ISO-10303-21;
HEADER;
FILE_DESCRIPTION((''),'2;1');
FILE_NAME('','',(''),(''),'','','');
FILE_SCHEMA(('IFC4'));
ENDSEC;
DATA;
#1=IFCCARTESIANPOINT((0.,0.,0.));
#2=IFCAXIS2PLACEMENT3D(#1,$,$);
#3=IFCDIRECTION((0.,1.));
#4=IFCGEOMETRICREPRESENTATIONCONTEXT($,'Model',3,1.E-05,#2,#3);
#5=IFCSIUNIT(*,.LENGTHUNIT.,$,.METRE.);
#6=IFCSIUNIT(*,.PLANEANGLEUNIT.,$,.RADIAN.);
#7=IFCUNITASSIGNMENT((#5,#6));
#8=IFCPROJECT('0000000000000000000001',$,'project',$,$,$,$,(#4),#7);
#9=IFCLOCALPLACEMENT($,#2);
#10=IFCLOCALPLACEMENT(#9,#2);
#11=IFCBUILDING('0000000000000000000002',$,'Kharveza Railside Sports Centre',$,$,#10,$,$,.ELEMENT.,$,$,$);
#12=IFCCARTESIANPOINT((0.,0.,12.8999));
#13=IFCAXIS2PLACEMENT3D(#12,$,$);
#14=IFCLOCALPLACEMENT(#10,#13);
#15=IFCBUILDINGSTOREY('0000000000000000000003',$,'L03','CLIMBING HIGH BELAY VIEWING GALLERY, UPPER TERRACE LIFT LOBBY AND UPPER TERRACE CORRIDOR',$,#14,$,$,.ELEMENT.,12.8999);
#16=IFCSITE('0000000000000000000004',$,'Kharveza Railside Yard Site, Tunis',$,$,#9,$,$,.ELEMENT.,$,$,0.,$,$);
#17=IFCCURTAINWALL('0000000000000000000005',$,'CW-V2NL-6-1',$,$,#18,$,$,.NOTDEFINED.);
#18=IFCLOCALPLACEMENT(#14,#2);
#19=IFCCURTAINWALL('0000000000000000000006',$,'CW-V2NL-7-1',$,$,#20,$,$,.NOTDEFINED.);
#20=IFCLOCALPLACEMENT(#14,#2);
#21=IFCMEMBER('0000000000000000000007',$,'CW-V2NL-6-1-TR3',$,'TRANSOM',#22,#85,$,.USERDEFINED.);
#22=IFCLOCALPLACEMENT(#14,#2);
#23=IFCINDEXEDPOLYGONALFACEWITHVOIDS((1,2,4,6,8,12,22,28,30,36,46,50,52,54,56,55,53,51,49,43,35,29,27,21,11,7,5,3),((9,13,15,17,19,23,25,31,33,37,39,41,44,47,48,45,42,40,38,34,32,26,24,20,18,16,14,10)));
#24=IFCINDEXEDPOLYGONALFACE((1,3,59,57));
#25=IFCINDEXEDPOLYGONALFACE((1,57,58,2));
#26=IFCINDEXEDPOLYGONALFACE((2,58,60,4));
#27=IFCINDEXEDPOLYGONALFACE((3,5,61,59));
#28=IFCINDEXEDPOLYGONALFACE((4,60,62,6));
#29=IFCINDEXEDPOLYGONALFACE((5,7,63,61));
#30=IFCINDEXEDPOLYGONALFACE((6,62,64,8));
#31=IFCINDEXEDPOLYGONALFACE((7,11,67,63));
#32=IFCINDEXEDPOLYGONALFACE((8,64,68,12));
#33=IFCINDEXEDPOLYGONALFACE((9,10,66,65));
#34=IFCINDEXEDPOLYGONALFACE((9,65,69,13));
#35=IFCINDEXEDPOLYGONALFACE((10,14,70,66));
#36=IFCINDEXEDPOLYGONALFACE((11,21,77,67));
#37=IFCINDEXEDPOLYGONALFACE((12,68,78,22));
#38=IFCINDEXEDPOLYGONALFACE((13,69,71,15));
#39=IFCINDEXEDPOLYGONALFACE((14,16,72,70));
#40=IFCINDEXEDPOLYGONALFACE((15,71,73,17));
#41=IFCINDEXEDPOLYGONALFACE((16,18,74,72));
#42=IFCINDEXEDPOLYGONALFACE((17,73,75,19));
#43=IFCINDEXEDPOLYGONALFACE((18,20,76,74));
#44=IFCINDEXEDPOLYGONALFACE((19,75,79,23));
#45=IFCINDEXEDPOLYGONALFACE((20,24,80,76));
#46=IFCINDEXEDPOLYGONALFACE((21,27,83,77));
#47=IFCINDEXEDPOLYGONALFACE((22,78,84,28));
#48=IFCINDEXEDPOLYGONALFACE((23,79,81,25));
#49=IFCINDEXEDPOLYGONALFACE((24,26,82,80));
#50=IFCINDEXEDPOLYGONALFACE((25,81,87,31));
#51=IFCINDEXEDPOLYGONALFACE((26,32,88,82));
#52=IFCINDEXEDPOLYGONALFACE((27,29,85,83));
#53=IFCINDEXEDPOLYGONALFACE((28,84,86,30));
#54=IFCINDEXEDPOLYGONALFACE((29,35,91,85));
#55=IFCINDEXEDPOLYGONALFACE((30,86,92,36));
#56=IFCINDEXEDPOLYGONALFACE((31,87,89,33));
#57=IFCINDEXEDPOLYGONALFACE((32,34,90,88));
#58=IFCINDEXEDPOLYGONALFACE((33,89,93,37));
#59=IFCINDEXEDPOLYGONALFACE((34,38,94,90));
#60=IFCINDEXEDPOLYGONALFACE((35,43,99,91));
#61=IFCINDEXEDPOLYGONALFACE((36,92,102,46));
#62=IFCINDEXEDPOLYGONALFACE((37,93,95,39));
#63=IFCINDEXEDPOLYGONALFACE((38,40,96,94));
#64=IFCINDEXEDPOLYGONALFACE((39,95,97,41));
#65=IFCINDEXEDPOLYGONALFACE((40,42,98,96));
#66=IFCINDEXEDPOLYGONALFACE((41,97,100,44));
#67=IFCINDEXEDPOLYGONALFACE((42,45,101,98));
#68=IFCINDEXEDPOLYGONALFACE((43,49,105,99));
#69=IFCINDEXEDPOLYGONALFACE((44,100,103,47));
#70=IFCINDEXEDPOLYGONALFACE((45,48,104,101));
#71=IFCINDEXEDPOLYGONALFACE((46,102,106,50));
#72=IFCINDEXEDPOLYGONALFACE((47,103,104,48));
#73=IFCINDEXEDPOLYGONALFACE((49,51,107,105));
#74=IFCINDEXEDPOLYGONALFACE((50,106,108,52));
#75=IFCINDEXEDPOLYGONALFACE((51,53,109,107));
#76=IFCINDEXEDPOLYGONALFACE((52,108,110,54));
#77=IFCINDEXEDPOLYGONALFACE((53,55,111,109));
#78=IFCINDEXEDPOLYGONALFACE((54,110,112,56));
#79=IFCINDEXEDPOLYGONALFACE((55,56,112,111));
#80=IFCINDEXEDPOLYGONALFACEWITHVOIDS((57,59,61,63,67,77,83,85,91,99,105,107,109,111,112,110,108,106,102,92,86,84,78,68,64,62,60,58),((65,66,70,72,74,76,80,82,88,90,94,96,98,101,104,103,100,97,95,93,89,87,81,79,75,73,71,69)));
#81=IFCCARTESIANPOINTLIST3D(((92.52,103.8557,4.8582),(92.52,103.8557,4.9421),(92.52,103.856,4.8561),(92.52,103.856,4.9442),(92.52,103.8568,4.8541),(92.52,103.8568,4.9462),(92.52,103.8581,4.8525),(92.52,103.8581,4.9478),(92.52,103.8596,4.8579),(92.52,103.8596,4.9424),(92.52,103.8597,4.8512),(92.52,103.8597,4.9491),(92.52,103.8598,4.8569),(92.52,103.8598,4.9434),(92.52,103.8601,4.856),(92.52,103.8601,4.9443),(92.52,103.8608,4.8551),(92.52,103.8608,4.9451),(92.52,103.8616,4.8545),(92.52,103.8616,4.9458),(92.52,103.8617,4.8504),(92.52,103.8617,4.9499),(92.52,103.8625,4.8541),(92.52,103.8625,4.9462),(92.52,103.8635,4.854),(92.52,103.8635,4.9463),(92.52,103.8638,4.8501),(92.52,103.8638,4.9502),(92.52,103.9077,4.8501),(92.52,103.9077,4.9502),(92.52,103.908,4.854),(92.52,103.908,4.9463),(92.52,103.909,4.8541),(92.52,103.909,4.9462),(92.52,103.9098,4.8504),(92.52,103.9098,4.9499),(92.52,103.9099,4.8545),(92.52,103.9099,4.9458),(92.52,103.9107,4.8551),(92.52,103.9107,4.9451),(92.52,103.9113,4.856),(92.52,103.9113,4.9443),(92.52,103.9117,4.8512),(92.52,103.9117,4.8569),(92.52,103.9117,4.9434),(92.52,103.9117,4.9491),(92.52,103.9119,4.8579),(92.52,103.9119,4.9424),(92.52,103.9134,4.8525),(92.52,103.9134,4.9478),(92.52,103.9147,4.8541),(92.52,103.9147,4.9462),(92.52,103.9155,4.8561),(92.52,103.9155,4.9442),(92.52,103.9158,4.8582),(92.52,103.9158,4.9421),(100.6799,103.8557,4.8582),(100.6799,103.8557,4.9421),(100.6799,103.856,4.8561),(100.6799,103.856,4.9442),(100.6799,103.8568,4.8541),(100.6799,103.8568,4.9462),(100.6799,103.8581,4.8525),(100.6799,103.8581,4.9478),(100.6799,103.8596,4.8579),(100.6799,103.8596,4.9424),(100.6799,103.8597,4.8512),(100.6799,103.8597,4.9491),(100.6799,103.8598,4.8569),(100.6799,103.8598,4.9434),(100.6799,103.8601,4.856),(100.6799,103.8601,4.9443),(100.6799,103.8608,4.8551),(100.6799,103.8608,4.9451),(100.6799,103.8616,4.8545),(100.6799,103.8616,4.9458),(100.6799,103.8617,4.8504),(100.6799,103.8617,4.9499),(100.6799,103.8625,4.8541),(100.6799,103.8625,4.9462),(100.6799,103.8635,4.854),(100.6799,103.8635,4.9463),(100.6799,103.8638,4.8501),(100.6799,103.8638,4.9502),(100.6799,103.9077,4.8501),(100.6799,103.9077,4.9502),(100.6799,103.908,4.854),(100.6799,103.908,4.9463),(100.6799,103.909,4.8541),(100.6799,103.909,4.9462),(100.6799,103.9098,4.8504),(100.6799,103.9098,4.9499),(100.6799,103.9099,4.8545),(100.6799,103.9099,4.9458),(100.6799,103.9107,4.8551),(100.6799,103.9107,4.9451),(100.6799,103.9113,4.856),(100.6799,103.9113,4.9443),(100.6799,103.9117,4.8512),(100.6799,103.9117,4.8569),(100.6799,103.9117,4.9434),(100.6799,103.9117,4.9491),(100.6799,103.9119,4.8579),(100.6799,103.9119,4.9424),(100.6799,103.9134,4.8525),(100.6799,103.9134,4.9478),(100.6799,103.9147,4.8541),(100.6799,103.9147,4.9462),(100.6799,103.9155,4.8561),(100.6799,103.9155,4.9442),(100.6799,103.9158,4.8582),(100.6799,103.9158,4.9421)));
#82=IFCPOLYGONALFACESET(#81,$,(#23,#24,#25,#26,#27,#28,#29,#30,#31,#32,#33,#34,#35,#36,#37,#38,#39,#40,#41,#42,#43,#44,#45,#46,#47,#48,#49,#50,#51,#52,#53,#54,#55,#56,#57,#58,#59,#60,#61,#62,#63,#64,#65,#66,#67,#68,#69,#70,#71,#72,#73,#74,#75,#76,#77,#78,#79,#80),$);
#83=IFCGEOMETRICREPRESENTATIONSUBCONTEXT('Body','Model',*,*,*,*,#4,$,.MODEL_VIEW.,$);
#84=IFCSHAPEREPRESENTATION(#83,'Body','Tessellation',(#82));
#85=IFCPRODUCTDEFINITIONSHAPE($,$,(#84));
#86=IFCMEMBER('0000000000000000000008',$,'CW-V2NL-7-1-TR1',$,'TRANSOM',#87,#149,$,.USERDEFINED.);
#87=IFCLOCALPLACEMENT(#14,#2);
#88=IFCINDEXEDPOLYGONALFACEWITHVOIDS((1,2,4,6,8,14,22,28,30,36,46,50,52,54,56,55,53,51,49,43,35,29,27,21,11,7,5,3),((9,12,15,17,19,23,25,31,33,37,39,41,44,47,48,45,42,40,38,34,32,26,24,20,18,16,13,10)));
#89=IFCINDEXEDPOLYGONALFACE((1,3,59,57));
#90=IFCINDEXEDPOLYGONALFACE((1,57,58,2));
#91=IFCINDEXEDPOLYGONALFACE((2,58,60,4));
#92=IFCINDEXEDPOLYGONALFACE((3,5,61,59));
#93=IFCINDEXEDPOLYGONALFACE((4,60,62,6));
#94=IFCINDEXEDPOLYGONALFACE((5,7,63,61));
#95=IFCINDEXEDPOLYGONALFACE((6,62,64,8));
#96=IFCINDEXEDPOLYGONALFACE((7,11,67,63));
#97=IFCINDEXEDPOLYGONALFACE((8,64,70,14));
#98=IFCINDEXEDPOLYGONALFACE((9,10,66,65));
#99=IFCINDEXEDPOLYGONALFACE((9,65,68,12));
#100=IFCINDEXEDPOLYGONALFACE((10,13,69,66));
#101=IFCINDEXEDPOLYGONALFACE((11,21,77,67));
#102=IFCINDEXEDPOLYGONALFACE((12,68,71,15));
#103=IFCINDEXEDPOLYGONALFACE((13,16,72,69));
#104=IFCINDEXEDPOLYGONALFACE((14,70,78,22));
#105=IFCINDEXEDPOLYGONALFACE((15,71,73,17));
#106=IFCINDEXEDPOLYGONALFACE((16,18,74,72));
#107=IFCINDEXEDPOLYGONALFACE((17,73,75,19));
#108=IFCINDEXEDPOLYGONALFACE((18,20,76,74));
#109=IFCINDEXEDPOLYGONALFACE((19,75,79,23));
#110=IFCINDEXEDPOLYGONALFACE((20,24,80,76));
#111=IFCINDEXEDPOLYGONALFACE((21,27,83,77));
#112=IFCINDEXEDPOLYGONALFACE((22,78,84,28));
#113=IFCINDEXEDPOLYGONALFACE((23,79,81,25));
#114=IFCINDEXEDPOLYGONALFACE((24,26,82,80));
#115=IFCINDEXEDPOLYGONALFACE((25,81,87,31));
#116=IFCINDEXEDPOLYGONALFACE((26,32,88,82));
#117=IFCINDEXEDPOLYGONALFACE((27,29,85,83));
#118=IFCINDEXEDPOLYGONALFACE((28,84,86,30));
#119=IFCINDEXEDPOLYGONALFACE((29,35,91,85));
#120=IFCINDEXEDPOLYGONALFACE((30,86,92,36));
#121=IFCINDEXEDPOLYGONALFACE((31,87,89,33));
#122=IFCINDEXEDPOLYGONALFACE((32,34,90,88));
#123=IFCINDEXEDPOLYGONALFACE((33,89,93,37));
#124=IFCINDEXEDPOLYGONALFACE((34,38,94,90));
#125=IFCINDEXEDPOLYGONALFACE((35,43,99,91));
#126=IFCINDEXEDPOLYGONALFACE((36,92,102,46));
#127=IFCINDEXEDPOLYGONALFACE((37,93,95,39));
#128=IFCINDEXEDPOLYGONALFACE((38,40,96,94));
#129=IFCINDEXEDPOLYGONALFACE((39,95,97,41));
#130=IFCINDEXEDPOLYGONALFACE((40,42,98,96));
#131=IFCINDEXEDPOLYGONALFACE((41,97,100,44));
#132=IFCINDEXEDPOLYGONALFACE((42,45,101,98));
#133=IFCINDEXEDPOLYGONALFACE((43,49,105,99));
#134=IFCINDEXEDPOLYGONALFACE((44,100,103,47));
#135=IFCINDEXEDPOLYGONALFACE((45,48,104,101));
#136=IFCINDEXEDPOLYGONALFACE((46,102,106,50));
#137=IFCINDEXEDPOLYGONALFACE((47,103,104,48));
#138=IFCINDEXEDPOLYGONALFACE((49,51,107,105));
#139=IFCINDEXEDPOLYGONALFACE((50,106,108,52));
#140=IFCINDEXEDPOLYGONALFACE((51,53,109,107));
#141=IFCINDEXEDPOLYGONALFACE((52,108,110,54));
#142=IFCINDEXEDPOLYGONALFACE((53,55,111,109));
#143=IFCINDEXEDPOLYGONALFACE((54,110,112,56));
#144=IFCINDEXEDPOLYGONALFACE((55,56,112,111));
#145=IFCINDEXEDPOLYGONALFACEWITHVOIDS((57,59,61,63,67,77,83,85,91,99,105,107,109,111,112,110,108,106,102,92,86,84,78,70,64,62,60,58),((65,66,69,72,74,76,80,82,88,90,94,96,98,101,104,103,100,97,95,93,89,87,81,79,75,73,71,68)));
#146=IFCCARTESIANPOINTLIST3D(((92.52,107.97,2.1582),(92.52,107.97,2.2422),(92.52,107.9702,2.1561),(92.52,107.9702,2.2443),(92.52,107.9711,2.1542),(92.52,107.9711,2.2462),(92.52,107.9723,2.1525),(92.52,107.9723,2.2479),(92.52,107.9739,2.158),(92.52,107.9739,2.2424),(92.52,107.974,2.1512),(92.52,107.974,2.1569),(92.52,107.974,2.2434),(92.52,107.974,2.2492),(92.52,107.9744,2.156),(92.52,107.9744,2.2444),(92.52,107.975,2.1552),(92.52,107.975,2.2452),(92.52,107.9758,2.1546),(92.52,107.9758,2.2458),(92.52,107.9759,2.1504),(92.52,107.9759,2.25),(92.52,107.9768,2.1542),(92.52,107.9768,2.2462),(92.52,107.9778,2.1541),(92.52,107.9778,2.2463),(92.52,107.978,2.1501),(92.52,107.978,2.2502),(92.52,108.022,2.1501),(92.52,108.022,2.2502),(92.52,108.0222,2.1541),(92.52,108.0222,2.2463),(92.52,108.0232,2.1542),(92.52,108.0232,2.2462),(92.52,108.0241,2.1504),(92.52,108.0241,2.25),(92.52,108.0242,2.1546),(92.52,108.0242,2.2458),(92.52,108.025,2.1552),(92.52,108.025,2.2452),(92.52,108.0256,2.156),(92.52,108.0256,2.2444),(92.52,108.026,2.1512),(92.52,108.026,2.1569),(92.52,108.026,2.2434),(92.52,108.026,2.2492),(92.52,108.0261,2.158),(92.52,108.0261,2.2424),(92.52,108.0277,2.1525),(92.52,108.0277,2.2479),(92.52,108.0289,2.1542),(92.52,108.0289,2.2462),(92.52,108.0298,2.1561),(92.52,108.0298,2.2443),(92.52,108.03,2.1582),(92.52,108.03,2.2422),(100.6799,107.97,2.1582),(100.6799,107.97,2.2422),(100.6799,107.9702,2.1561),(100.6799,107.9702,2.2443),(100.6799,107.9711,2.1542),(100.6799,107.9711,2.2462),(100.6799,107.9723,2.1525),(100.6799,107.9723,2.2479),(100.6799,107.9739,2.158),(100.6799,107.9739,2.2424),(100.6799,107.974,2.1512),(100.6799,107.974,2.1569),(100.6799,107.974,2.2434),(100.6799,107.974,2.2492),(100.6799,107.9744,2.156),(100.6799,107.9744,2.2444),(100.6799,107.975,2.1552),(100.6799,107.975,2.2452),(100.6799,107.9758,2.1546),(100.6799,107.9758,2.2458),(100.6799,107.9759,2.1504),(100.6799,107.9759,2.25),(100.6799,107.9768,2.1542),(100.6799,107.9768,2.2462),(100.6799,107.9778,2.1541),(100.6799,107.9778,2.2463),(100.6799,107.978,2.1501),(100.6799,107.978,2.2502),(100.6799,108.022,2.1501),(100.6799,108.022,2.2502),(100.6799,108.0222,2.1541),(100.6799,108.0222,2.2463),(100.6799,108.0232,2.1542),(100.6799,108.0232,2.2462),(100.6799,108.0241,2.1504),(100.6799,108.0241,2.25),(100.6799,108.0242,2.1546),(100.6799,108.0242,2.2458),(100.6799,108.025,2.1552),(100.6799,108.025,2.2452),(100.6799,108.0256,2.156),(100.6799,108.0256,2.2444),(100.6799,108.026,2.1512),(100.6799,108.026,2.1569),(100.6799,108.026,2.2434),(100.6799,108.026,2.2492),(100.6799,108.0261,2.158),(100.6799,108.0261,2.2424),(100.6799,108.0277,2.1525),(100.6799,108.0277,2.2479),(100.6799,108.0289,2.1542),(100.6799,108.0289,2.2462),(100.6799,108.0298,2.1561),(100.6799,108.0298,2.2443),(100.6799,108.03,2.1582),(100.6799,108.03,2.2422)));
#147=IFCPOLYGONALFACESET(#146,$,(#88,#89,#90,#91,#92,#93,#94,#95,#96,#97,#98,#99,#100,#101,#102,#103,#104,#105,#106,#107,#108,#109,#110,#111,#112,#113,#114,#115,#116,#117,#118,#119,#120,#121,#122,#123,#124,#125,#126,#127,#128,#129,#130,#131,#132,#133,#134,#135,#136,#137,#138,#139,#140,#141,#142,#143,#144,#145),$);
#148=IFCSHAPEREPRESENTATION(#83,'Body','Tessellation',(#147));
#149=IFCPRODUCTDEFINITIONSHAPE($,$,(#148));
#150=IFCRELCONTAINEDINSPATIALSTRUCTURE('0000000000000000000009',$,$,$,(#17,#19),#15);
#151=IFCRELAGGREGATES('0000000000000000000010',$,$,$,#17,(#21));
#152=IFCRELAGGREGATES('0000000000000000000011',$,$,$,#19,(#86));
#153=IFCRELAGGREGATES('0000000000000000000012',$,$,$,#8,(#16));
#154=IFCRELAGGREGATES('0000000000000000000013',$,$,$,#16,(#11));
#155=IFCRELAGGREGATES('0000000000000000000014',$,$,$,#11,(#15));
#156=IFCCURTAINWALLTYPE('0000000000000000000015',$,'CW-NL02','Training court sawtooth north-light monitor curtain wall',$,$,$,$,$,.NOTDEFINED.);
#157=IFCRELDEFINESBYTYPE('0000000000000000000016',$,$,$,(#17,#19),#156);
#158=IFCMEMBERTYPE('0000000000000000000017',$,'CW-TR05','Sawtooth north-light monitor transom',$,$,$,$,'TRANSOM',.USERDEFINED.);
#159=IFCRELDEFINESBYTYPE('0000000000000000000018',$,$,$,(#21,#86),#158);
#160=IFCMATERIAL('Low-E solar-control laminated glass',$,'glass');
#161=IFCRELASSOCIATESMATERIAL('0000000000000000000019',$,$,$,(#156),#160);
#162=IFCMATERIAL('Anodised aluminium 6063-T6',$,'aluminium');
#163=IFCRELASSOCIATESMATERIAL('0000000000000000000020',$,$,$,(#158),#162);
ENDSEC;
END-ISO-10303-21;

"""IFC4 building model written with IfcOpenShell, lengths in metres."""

from ifc_helpers import new_model, si_unit, direction, frame, origin, origin_2d, place, context, subcontext, project, spatial, hollow_rectangle, extrude, material, material_profile, profile_set, type_object, element, aggregate, save


model = new_model("IFC4")

# Units and contexts
model_context = context("Model", 3, precision=1e-05, world=origin(), true_north=direction((0.0, 1.0)))
body_context = subcontext(model_context, "Body", "Model", "MODEL_VIEW")
ifc_project = project(units=[si_unit("LENGTHUNIT", "METRE"), si_unit("PLANEANGLEUNIT", "RADIAN")], contexts=[model_context])

# Site, building, storey
site_placement = place(None, origin())
site = spatial("IfcSite", under=ifc_project, at=site_placement, Name="Kharveza Railside Yard Site, Tunis", CompositionType="ELEMENT", RefElevation=0.0)
building_placement = place(site_placement, origin())
building = spatial("IfcBuilding", under=site, at=building_placement, Name="Kharveza Railside Sports Centre", CompositionType="ELEMENT")
storey_placement = place(building_placement, frame((0.0, 0.0, 12.8999)))
storey = spatial("IfcBuildingStorey", under=building, at=storey_placement, Name="L03", Description="CLIMBING HIGH BELAY VIEWING GALLERY, UPPER TERRACE LIFT LOBBY AND UPPER TERRACE CORRIDOR", CompositionType="ELEMENT", Elevation=12.8999)

# Curtain walls
ifc_material_1 = material(Name="Low-E solar-control laminated glass", Category="glass")
curtain_wall_type = type_object("IfcCurtainWallType", Name="CW-NL02", Description="Training court sawtooth north-light monitor curtain wall", PredefinedType="NOTDEFINED", material=ifc_material_1)
curtain_wall_1_placement = place(storey_placement, origin())
curtain_wall_1 = element("IfcCurtainWall", 1, at=curtain_wall_1_placement, inside=storey, type_object=curtain_wall_type, Name="CW-V2NL-6-1", PredefinedType="NOTDEFINED")
ifc_material_2 = material(Name="Anodised aluminium 6063-T6", Category="aluminium")
curtain_wall_2_placement = place(storey_placement, origin())
curtain_wall_2 = element("IfcCurtainWall", 2, at=curtain_wall_2_placement, inside=storey, type_object=curtain_wall_type, Name="CW-V2NL-7-1", PredefinedType="NOTDEFINED")

# Members
ifc_material_profile_1 = material_profile(ifc_material_2, hollow_rectangle(XDim=0.0601, YDim=0.1001, WallThickness=0.0039, InnerFilletRadius=0.0039, OuterFilletRadius=0.0081, at=origin_2d()), Name="RHS 60x100x4.0")
ifc_profile_set_1 = profile_set([ifc_material_profile_1], Name="Anodised aluminium 6063-T6")
member_type_1 = type_object("IfcMemberType", Name="CW-TR05", Description="Sawtooth north-light monitor transom", ElementType="TRANSOM", PredefinedType="USERDEFINED", material=ifc_profile_set_1)
member_1_placement = place(storey_placement, frame((92.52, 103.8857, 4.9001), z_axis=(1.0, 0.0, 0.0), x_axis=(0.0, 1.0, 0.0)))
member_1 = element("IfcMember", 3, at=member_1_placement, type_object=member_type_1, Name="CW-V2NL-6-1-TR3", ObjectType="TRANSOM", PredefinedType="USERDEFINED", context=body_context, shape_type="SweptSolid", body=[
    extrude(hollow_rectangle(XDim=0.0601, YDim=0.1001, WallThickness=0.0039, InnerFilletRadius=0.0039, OuterFilletRadius=0.0081, at=origin_2d()), origin(), (0.0, 0.0, 1.0), 8.1599),
])
member_2_placement = place(storey_placement, frame((92.52, 108.0, 2.2002), z_axis=(1.0, 0.0, 0.0), x_axis=(0.0, 1.0, 0.0)))
member_2 = element("IfcMember", 4, at=member_2_placement, type_object=member_type_1, Name="CW-V2NL-7-1-TR1", ObjectType="TRANSOM", PredefinedType="USERDEFINED", context=body_context, shape_type="SweptSolid", body=[
    extrude(hollow_rectangle(XDim=0.0601, YDim=0.1001, WallThickness=0.0039, InnerFilletRadius=0.0039, OuterFilletRadius=0.0081, at=origin_2d()), origin(), (0.0, 0.0, 1.0), 8.1599),
])

aggregate(curtain_wall_1, [member_1])
aggregate(curtain_wall_2, [member_2])

save(model, "model.ifc")
